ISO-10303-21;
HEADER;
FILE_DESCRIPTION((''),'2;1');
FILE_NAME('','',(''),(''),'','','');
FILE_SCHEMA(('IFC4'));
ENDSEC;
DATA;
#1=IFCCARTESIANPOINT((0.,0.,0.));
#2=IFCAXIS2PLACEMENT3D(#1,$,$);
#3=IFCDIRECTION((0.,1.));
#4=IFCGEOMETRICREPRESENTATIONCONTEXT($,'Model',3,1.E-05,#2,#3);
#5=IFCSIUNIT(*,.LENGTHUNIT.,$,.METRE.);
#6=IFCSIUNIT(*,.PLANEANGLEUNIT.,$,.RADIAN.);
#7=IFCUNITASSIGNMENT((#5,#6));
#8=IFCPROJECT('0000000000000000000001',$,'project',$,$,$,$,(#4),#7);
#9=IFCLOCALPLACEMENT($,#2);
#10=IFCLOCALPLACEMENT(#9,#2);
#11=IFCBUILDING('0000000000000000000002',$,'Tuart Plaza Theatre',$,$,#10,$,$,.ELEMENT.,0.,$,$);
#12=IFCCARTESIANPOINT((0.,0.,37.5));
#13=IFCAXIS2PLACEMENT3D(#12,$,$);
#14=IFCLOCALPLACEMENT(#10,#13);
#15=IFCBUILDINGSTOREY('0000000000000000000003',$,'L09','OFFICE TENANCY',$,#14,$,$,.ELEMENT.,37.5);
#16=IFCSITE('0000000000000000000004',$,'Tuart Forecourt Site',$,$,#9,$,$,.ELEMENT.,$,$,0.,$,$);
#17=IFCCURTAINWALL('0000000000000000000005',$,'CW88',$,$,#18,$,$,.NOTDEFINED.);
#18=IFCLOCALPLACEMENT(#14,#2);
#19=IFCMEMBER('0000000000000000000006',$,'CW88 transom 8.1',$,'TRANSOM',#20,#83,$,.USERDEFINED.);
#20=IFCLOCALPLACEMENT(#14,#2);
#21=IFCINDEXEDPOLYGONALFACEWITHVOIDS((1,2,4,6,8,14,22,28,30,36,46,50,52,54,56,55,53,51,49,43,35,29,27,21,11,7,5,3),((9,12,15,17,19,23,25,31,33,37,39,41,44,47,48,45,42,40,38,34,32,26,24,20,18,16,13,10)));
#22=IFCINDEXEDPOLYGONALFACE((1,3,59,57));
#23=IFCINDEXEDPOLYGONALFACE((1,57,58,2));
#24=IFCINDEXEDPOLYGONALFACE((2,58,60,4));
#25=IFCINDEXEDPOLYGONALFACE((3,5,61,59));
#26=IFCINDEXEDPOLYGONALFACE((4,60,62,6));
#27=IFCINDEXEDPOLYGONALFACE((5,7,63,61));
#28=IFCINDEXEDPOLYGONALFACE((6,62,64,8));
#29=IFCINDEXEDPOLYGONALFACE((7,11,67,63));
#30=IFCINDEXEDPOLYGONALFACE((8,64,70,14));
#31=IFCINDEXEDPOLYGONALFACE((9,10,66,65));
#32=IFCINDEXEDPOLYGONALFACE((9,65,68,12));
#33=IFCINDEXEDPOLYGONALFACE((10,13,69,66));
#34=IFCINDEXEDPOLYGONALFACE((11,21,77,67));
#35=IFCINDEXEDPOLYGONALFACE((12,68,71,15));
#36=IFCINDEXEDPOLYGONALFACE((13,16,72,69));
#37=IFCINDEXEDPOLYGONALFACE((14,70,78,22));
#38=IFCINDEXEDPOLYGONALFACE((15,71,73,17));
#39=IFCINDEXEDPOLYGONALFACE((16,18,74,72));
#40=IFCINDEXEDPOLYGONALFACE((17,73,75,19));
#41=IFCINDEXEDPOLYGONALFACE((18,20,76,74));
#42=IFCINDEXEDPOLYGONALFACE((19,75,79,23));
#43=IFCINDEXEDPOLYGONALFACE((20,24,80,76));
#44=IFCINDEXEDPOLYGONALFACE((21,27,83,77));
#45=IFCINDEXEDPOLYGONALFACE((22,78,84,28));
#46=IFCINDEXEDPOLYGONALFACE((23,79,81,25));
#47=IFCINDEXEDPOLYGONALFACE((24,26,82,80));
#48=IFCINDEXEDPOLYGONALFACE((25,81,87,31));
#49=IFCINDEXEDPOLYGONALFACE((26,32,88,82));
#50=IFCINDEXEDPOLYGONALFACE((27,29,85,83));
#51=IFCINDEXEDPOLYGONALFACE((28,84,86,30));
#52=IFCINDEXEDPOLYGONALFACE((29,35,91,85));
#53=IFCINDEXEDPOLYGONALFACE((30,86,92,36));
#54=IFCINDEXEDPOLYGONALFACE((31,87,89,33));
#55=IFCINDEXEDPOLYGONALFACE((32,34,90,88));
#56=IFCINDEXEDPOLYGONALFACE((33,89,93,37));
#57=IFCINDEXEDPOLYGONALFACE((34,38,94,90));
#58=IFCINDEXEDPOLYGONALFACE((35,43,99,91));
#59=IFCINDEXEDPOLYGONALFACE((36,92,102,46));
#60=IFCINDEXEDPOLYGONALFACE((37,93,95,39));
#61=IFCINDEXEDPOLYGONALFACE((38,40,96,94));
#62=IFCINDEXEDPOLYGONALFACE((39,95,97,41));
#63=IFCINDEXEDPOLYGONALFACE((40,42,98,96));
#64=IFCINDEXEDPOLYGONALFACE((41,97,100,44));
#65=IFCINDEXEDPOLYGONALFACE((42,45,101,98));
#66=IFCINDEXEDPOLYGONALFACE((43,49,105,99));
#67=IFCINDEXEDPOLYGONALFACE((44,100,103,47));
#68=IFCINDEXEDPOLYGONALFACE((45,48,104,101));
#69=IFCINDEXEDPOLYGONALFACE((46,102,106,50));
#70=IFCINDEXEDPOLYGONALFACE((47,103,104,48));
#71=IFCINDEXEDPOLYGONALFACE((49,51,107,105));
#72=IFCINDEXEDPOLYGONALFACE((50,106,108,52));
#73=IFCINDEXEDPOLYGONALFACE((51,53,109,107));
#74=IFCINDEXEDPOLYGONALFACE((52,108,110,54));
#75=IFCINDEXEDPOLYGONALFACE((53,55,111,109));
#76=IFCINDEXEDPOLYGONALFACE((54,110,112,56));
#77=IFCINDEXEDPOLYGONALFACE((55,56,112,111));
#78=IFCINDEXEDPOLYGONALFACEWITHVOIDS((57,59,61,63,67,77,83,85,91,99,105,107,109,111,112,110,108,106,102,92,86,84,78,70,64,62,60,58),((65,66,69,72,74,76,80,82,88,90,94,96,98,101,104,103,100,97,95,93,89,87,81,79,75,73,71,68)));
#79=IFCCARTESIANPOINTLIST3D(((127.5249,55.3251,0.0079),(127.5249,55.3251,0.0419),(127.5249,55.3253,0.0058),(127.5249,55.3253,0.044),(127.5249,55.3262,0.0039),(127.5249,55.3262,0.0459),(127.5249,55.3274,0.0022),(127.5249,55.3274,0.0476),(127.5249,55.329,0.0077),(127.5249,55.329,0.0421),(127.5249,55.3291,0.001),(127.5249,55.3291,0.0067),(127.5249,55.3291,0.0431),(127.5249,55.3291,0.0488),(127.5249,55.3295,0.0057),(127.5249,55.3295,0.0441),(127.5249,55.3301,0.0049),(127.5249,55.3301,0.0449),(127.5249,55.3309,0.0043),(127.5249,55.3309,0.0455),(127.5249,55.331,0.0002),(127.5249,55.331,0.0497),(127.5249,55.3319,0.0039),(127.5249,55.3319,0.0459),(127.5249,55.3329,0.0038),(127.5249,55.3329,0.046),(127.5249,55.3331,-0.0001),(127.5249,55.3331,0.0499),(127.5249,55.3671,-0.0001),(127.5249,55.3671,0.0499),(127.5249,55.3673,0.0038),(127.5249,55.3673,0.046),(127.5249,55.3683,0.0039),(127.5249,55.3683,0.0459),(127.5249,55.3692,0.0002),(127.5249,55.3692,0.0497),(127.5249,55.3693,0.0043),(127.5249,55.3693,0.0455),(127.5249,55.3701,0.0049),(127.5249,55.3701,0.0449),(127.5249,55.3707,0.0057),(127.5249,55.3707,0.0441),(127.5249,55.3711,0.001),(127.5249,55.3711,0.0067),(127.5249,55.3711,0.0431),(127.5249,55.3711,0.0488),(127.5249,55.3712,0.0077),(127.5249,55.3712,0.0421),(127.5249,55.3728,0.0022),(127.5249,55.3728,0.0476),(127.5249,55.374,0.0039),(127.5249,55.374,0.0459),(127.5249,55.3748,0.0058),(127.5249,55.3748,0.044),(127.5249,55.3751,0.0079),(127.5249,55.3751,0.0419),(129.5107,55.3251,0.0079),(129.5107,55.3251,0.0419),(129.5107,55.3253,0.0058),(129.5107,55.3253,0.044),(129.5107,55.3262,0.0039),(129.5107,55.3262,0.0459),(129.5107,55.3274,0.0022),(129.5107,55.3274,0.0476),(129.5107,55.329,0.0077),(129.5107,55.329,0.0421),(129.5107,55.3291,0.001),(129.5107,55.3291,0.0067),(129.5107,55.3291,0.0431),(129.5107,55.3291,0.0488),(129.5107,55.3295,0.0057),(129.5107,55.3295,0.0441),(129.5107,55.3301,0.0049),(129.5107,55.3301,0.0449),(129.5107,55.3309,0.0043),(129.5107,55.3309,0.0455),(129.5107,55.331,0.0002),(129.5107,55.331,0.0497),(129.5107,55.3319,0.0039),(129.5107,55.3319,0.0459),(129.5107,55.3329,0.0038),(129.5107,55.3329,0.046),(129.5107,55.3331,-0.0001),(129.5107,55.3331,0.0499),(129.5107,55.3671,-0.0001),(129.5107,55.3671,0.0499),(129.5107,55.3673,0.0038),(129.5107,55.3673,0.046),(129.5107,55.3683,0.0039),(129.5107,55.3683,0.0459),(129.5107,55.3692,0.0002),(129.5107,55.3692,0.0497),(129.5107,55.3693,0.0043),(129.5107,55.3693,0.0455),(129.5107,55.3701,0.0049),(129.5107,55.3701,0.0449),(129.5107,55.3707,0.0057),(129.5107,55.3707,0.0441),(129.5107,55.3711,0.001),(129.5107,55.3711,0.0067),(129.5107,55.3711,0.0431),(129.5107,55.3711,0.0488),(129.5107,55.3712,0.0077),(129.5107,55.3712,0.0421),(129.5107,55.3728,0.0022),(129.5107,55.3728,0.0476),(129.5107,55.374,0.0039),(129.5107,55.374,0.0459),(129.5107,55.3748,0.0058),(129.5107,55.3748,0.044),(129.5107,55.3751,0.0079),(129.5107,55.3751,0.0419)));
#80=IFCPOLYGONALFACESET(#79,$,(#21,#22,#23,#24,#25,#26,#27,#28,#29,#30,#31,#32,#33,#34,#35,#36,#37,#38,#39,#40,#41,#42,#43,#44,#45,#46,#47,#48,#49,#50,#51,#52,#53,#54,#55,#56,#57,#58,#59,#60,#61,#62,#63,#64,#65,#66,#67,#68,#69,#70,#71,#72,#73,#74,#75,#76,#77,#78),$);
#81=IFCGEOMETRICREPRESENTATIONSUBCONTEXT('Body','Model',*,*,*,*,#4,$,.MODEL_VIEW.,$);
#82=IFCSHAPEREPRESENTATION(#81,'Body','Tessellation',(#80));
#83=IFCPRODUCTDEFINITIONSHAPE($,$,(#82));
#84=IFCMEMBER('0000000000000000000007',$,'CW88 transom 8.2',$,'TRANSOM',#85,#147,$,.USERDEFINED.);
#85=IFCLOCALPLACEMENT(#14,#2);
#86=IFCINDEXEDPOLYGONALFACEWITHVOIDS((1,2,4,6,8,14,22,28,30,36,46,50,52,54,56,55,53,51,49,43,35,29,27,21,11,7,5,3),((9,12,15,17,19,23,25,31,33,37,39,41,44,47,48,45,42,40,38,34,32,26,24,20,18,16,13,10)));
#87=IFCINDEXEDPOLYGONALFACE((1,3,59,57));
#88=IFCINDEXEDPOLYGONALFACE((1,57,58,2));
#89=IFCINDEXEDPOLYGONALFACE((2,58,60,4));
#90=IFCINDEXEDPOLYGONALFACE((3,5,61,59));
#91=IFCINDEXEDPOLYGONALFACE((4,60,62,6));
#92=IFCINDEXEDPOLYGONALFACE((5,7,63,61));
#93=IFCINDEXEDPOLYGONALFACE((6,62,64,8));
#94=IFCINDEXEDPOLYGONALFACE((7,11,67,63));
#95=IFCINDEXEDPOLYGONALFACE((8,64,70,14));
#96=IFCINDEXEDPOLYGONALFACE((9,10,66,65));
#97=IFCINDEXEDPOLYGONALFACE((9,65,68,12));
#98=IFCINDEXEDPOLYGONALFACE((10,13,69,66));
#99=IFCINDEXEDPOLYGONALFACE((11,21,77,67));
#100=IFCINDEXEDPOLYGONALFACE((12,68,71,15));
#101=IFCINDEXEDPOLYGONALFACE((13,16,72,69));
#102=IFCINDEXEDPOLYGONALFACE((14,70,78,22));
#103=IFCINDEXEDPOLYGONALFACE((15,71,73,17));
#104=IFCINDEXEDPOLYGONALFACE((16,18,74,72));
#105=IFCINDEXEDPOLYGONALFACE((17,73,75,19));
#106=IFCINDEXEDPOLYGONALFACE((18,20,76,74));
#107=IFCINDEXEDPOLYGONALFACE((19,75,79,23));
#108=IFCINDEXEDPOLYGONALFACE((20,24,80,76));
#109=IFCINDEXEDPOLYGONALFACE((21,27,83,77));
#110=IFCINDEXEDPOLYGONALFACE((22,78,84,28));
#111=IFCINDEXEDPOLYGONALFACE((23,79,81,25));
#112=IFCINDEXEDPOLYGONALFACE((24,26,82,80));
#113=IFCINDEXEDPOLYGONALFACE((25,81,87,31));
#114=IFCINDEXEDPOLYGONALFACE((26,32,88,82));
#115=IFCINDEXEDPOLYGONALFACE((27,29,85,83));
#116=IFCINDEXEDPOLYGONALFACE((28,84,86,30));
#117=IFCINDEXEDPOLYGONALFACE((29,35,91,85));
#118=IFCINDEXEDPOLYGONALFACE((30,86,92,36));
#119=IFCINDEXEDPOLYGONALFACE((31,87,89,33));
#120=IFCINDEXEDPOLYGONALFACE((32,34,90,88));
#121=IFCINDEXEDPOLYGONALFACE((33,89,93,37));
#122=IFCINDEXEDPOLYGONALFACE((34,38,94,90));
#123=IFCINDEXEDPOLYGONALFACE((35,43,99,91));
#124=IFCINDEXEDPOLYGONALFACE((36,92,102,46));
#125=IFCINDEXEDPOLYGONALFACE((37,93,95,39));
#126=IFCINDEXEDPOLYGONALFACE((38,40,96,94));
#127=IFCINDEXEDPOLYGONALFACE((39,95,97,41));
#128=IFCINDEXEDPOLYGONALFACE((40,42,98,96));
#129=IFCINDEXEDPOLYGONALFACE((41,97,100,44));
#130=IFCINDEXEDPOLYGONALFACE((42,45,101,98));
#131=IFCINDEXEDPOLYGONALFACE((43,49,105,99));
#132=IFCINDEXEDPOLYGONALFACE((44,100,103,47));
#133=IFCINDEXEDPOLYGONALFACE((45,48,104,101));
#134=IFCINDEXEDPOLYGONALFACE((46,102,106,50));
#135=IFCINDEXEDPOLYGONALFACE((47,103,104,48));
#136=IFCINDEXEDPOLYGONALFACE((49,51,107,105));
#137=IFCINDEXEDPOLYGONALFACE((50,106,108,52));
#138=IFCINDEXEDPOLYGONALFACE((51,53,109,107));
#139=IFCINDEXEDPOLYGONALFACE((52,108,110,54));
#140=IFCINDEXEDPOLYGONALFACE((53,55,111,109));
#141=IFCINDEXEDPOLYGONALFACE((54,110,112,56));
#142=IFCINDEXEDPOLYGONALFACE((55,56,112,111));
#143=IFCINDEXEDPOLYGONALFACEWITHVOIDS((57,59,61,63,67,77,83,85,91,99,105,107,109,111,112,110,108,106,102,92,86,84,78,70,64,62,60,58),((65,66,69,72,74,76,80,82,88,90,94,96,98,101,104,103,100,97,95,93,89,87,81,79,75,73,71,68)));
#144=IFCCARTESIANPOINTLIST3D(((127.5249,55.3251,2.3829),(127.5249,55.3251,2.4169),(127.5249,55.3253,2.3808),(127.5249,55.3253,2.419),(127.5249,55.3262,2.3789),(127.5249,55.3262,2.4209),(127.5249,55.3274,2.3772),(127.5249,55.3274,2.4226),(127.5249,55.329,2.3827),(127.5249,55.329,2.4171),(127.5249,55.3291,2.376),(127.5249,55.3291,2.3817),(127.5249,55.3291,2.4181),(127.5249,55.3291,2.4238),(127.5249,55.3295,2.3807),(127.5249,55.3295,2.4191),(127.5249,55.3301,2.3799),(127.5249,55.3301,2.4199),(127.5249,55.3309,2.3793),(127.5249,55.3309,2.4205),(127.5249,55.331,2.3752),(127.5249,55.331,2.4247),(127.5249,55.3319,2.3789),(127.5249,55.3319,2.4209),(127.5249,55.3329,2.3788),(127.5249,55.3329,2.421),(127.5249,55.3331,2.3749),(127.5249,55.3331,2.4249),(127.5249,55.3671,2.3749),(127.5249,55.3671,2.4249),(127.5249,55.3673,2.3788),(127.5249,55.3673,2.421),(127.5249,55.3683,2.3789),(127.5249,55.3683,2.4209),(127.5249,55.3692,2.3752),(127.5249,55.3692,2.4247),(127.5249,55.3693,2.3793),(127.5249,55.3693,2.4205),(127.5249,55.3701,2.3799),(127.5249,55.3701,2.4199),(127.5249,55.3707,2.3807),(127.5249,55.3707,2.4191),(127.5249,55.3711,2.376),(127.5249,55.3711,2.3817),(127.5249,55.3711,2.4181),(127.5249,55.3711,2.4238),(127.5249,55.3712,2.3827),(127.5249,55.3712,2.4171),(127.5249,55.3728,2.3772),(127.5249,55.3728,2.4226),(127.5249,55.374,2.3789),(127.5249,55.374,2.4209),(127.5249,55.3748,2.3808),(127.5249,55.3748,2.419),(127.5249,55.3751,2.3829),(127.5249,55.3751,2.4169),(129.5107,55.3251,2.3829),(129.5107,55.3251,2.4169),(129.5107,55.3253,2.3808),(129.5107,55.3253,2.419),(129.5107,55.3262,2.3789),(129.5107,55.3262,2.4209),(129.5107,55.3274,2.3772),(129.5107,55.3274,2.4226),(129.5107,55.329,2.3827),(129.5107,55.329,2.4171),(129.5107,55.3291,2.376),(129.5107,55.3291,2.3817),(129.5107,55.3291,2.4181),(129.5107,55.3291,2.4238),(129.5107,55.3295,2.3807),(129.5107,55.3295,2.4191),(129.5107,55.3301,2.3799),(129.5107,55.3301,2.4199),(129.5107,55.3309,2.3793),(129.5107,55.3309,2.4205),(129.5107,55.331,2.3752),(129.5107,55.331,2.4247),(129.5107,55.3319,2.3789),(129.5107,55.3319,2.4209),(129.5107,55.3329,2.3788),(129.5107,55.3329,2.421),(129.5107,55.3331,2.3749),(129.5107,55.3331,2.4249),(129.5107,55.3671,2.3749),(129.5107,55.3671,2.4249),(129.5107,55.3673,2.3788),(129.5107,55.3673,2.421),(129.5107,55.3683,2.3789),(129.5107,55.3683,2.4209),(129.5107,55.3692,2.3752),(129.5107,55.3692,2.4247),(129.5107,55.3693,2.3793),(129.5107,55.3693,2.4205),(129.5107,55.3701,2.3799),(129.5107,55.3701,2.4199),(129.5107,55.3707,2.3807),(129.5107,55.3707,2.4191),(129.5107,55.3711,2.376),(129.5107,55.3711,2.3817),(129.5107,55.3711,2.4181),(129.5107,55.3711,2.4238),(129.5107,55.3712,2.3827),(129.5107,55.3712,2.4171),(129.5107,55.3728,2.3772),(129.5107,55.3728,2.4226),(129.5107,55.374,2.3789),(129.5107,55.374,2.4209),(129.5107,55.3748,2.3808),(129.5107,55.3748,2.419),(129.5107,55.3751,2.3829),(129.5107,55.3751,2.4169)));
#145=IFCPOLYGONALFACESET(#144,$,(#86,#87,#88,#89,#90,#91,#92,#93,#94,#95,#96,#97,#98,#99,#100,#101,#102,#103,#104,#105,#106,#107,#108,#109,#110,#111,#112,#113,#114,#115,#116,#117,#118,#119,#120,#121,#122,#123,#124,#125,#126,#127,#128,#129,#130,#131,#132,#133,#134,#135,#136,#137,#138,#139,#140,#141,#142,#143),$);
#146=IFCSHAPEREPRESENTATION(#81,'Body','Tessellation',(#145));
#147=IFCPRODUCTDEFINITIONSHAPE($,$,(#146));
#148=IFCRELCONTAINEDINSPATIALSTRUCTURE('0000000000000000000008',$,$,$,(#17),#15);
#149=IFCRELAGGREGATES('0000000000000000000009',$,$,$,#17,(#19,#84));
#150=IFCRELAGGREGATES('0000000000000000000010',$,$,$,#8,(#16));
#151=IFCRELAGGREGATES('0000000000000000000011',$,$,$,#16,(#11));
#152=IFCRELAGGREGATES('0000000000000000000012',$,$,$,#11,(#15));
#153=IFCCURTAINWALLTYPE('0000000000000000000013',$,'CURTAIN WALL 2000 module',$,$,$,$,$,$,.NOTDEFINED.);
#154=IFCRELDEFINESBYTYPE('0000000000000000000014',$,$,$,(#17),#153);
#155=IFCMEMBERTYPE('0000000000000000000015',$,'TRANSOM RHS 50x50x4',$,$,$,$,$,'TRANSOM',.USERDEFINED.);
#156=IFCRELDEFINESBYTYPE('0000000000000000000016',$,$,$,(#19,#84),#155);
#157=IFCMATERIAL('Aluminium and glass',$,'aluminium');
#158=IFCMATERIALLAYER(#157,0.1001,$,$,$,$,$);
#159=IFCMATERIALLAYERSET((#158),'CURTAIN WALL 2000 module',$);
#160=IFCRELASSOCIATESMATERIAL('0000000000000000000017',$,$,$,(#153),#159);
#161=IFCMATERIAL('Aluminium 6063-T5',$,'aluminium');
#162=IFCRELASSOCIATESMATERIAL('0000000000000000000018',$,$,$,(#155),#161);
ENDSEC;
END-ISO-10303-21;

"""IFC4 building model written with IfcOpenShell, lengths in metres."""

from ifc_helpers import new_model, si_unit, direction, frame, origin, origin_2d, place, context, subcontext, project, spatial, hollow_rectangle, extrude, material, layer, layer_set, material_profile, profile_set, type_object, element, aggregate, save


model = new_model("IFC4")

# Units and contexts
model_context = context("Model", 3, precision=1e-05, world=origin(), true_north=direction((0.0, 1.0)))
body_context = subcontext(model_context, "Body", "Model", "MODEL_VIEW")
ifc_project = project(units=[si_unit("LENGTHUNIT", "METRE"), si_unit("PLANEANGLEUNIT", "RADIAN")], contexts=[model_context])

# Site, building, storey
site_placement = place(None, origin())
site = spatial("IfcSite", under=ifc_project, at=site_placement, Name="Tuart Forecourt Site", CompositionType="ELEMENT", RefElevation=0.0)
building_placement = place(site_placement, origin())
building = spatial("IfcBuilding", under=site, at=building_placement, Name="Tuart Plaza Theatre", CompositionType="ELEMENT", ElevationOfRefHeight=0.0)
storey_placement = place(building_placement, frame((0.0, 0.0, 37.5)))
storey = spatial("IfcBuildingStorey", under=building, at=storey_placement, Name="L09", Description="OFFICE TENANCY", CompositionType="ELEMENT", Elevation=37.5)

# Curtain wall, members
ifc_material_1 = material(Name="Aluminium and glass", Category="aluminium")
ifc_layer_1 = layer(ifc_material_1, 0.1001)
ifc_layer_set_1 = layer_set([ifc_layer_1], Name="CURTAIN WALL 2000 module")
curtain_wall_type = type_object("IfcCurtainWallType", Name="CURTAIN WALL 2000 module", PredefinedType="NOTDEFINED", material=ifc_layer_set_1)
curtain_wall_placement = place(storey_placement, origin())
curtain_wall = element("IfcCurtainWall", 1, at=curtain_wall_placement, inside=storey, type_object=curtain_wall_type, Name="CW88", PredefinedType="NOTDEFINED")
ifc_material_2 = material(Name="Aluminium 6063-T5", Category="aluminium")
ifc_material_profile_1 = material_profile(ifc_material_2, hollow_rectangle(XDim=0.05, YDim=0.05, WallThickness=0.0039, InnerFilletRadius=0.0039, OuterFilletRadius=0.0081, at=origin_2d()), Name="RHS 50x50x4")
ifc_profile_set_1 = profile_set([ifc_material_profile_1], Name="Aluminium 6063-T5")
member_type_1 = type_object("IfcMemberType", Name="TRANSOM RHS 50x50x4", ElementType="TRANSOM", PredefinedType="USERDEFINED", material=ifc_profile_set_1)
member_1_placement = place(storey_placement, frame((127.5249, 55.3501, 0.0249), z_axis=(1.0, 0.0, 0.0), x_axis=(0.0, 1.0, 0.0)))
member_1 = element("IfcMember", 2, at=member_1_placement, type_object=member_type_1, Name="CW88 transom 8.1", ObjectType="TRANSOM", PredefinedType="USERDEFINED", context=body_context, shape_type="SweptSolid", body=[
    extrude(hollow_rectangle(XDim=0.05, YDim=0.05, WallThickness=0.0039, InnerFilletRadius=0.0039, OuterFilletRadius=0.0081, at=origin_2d()), origin(), (0.0, 0.0, 1.0), 1.9858),
])
member_2_placement = place(storey_placement, frame((127.5249, 55.3501, 2.3999), z_axis=(1.0, 0.0, 0.0), x_axis=(0.0, 1.0, 0.0)))
member_2 = element("IfcMember", 3, at=member_2_placement, type_object=member_type_1, Name="CW88 transom 8.2", ObjectType="TRANSOM", PredefinedType="USERDEFINED", context=body_context, shape_type="SweptSolid", body=[
    extrude(hollow_rectangle(XDim=0.05, YDim=0.05, WallThickness=0.0039, InnerFilletRadius=0.0039, OuterFilletRadius=0.0081, at=origin_2d()), origin(), (0.0, 0.0, 1.0), 1.9858),
])
aggregate(curtain_wall, [member_1, member_2])

save(model, "model.ifc")
